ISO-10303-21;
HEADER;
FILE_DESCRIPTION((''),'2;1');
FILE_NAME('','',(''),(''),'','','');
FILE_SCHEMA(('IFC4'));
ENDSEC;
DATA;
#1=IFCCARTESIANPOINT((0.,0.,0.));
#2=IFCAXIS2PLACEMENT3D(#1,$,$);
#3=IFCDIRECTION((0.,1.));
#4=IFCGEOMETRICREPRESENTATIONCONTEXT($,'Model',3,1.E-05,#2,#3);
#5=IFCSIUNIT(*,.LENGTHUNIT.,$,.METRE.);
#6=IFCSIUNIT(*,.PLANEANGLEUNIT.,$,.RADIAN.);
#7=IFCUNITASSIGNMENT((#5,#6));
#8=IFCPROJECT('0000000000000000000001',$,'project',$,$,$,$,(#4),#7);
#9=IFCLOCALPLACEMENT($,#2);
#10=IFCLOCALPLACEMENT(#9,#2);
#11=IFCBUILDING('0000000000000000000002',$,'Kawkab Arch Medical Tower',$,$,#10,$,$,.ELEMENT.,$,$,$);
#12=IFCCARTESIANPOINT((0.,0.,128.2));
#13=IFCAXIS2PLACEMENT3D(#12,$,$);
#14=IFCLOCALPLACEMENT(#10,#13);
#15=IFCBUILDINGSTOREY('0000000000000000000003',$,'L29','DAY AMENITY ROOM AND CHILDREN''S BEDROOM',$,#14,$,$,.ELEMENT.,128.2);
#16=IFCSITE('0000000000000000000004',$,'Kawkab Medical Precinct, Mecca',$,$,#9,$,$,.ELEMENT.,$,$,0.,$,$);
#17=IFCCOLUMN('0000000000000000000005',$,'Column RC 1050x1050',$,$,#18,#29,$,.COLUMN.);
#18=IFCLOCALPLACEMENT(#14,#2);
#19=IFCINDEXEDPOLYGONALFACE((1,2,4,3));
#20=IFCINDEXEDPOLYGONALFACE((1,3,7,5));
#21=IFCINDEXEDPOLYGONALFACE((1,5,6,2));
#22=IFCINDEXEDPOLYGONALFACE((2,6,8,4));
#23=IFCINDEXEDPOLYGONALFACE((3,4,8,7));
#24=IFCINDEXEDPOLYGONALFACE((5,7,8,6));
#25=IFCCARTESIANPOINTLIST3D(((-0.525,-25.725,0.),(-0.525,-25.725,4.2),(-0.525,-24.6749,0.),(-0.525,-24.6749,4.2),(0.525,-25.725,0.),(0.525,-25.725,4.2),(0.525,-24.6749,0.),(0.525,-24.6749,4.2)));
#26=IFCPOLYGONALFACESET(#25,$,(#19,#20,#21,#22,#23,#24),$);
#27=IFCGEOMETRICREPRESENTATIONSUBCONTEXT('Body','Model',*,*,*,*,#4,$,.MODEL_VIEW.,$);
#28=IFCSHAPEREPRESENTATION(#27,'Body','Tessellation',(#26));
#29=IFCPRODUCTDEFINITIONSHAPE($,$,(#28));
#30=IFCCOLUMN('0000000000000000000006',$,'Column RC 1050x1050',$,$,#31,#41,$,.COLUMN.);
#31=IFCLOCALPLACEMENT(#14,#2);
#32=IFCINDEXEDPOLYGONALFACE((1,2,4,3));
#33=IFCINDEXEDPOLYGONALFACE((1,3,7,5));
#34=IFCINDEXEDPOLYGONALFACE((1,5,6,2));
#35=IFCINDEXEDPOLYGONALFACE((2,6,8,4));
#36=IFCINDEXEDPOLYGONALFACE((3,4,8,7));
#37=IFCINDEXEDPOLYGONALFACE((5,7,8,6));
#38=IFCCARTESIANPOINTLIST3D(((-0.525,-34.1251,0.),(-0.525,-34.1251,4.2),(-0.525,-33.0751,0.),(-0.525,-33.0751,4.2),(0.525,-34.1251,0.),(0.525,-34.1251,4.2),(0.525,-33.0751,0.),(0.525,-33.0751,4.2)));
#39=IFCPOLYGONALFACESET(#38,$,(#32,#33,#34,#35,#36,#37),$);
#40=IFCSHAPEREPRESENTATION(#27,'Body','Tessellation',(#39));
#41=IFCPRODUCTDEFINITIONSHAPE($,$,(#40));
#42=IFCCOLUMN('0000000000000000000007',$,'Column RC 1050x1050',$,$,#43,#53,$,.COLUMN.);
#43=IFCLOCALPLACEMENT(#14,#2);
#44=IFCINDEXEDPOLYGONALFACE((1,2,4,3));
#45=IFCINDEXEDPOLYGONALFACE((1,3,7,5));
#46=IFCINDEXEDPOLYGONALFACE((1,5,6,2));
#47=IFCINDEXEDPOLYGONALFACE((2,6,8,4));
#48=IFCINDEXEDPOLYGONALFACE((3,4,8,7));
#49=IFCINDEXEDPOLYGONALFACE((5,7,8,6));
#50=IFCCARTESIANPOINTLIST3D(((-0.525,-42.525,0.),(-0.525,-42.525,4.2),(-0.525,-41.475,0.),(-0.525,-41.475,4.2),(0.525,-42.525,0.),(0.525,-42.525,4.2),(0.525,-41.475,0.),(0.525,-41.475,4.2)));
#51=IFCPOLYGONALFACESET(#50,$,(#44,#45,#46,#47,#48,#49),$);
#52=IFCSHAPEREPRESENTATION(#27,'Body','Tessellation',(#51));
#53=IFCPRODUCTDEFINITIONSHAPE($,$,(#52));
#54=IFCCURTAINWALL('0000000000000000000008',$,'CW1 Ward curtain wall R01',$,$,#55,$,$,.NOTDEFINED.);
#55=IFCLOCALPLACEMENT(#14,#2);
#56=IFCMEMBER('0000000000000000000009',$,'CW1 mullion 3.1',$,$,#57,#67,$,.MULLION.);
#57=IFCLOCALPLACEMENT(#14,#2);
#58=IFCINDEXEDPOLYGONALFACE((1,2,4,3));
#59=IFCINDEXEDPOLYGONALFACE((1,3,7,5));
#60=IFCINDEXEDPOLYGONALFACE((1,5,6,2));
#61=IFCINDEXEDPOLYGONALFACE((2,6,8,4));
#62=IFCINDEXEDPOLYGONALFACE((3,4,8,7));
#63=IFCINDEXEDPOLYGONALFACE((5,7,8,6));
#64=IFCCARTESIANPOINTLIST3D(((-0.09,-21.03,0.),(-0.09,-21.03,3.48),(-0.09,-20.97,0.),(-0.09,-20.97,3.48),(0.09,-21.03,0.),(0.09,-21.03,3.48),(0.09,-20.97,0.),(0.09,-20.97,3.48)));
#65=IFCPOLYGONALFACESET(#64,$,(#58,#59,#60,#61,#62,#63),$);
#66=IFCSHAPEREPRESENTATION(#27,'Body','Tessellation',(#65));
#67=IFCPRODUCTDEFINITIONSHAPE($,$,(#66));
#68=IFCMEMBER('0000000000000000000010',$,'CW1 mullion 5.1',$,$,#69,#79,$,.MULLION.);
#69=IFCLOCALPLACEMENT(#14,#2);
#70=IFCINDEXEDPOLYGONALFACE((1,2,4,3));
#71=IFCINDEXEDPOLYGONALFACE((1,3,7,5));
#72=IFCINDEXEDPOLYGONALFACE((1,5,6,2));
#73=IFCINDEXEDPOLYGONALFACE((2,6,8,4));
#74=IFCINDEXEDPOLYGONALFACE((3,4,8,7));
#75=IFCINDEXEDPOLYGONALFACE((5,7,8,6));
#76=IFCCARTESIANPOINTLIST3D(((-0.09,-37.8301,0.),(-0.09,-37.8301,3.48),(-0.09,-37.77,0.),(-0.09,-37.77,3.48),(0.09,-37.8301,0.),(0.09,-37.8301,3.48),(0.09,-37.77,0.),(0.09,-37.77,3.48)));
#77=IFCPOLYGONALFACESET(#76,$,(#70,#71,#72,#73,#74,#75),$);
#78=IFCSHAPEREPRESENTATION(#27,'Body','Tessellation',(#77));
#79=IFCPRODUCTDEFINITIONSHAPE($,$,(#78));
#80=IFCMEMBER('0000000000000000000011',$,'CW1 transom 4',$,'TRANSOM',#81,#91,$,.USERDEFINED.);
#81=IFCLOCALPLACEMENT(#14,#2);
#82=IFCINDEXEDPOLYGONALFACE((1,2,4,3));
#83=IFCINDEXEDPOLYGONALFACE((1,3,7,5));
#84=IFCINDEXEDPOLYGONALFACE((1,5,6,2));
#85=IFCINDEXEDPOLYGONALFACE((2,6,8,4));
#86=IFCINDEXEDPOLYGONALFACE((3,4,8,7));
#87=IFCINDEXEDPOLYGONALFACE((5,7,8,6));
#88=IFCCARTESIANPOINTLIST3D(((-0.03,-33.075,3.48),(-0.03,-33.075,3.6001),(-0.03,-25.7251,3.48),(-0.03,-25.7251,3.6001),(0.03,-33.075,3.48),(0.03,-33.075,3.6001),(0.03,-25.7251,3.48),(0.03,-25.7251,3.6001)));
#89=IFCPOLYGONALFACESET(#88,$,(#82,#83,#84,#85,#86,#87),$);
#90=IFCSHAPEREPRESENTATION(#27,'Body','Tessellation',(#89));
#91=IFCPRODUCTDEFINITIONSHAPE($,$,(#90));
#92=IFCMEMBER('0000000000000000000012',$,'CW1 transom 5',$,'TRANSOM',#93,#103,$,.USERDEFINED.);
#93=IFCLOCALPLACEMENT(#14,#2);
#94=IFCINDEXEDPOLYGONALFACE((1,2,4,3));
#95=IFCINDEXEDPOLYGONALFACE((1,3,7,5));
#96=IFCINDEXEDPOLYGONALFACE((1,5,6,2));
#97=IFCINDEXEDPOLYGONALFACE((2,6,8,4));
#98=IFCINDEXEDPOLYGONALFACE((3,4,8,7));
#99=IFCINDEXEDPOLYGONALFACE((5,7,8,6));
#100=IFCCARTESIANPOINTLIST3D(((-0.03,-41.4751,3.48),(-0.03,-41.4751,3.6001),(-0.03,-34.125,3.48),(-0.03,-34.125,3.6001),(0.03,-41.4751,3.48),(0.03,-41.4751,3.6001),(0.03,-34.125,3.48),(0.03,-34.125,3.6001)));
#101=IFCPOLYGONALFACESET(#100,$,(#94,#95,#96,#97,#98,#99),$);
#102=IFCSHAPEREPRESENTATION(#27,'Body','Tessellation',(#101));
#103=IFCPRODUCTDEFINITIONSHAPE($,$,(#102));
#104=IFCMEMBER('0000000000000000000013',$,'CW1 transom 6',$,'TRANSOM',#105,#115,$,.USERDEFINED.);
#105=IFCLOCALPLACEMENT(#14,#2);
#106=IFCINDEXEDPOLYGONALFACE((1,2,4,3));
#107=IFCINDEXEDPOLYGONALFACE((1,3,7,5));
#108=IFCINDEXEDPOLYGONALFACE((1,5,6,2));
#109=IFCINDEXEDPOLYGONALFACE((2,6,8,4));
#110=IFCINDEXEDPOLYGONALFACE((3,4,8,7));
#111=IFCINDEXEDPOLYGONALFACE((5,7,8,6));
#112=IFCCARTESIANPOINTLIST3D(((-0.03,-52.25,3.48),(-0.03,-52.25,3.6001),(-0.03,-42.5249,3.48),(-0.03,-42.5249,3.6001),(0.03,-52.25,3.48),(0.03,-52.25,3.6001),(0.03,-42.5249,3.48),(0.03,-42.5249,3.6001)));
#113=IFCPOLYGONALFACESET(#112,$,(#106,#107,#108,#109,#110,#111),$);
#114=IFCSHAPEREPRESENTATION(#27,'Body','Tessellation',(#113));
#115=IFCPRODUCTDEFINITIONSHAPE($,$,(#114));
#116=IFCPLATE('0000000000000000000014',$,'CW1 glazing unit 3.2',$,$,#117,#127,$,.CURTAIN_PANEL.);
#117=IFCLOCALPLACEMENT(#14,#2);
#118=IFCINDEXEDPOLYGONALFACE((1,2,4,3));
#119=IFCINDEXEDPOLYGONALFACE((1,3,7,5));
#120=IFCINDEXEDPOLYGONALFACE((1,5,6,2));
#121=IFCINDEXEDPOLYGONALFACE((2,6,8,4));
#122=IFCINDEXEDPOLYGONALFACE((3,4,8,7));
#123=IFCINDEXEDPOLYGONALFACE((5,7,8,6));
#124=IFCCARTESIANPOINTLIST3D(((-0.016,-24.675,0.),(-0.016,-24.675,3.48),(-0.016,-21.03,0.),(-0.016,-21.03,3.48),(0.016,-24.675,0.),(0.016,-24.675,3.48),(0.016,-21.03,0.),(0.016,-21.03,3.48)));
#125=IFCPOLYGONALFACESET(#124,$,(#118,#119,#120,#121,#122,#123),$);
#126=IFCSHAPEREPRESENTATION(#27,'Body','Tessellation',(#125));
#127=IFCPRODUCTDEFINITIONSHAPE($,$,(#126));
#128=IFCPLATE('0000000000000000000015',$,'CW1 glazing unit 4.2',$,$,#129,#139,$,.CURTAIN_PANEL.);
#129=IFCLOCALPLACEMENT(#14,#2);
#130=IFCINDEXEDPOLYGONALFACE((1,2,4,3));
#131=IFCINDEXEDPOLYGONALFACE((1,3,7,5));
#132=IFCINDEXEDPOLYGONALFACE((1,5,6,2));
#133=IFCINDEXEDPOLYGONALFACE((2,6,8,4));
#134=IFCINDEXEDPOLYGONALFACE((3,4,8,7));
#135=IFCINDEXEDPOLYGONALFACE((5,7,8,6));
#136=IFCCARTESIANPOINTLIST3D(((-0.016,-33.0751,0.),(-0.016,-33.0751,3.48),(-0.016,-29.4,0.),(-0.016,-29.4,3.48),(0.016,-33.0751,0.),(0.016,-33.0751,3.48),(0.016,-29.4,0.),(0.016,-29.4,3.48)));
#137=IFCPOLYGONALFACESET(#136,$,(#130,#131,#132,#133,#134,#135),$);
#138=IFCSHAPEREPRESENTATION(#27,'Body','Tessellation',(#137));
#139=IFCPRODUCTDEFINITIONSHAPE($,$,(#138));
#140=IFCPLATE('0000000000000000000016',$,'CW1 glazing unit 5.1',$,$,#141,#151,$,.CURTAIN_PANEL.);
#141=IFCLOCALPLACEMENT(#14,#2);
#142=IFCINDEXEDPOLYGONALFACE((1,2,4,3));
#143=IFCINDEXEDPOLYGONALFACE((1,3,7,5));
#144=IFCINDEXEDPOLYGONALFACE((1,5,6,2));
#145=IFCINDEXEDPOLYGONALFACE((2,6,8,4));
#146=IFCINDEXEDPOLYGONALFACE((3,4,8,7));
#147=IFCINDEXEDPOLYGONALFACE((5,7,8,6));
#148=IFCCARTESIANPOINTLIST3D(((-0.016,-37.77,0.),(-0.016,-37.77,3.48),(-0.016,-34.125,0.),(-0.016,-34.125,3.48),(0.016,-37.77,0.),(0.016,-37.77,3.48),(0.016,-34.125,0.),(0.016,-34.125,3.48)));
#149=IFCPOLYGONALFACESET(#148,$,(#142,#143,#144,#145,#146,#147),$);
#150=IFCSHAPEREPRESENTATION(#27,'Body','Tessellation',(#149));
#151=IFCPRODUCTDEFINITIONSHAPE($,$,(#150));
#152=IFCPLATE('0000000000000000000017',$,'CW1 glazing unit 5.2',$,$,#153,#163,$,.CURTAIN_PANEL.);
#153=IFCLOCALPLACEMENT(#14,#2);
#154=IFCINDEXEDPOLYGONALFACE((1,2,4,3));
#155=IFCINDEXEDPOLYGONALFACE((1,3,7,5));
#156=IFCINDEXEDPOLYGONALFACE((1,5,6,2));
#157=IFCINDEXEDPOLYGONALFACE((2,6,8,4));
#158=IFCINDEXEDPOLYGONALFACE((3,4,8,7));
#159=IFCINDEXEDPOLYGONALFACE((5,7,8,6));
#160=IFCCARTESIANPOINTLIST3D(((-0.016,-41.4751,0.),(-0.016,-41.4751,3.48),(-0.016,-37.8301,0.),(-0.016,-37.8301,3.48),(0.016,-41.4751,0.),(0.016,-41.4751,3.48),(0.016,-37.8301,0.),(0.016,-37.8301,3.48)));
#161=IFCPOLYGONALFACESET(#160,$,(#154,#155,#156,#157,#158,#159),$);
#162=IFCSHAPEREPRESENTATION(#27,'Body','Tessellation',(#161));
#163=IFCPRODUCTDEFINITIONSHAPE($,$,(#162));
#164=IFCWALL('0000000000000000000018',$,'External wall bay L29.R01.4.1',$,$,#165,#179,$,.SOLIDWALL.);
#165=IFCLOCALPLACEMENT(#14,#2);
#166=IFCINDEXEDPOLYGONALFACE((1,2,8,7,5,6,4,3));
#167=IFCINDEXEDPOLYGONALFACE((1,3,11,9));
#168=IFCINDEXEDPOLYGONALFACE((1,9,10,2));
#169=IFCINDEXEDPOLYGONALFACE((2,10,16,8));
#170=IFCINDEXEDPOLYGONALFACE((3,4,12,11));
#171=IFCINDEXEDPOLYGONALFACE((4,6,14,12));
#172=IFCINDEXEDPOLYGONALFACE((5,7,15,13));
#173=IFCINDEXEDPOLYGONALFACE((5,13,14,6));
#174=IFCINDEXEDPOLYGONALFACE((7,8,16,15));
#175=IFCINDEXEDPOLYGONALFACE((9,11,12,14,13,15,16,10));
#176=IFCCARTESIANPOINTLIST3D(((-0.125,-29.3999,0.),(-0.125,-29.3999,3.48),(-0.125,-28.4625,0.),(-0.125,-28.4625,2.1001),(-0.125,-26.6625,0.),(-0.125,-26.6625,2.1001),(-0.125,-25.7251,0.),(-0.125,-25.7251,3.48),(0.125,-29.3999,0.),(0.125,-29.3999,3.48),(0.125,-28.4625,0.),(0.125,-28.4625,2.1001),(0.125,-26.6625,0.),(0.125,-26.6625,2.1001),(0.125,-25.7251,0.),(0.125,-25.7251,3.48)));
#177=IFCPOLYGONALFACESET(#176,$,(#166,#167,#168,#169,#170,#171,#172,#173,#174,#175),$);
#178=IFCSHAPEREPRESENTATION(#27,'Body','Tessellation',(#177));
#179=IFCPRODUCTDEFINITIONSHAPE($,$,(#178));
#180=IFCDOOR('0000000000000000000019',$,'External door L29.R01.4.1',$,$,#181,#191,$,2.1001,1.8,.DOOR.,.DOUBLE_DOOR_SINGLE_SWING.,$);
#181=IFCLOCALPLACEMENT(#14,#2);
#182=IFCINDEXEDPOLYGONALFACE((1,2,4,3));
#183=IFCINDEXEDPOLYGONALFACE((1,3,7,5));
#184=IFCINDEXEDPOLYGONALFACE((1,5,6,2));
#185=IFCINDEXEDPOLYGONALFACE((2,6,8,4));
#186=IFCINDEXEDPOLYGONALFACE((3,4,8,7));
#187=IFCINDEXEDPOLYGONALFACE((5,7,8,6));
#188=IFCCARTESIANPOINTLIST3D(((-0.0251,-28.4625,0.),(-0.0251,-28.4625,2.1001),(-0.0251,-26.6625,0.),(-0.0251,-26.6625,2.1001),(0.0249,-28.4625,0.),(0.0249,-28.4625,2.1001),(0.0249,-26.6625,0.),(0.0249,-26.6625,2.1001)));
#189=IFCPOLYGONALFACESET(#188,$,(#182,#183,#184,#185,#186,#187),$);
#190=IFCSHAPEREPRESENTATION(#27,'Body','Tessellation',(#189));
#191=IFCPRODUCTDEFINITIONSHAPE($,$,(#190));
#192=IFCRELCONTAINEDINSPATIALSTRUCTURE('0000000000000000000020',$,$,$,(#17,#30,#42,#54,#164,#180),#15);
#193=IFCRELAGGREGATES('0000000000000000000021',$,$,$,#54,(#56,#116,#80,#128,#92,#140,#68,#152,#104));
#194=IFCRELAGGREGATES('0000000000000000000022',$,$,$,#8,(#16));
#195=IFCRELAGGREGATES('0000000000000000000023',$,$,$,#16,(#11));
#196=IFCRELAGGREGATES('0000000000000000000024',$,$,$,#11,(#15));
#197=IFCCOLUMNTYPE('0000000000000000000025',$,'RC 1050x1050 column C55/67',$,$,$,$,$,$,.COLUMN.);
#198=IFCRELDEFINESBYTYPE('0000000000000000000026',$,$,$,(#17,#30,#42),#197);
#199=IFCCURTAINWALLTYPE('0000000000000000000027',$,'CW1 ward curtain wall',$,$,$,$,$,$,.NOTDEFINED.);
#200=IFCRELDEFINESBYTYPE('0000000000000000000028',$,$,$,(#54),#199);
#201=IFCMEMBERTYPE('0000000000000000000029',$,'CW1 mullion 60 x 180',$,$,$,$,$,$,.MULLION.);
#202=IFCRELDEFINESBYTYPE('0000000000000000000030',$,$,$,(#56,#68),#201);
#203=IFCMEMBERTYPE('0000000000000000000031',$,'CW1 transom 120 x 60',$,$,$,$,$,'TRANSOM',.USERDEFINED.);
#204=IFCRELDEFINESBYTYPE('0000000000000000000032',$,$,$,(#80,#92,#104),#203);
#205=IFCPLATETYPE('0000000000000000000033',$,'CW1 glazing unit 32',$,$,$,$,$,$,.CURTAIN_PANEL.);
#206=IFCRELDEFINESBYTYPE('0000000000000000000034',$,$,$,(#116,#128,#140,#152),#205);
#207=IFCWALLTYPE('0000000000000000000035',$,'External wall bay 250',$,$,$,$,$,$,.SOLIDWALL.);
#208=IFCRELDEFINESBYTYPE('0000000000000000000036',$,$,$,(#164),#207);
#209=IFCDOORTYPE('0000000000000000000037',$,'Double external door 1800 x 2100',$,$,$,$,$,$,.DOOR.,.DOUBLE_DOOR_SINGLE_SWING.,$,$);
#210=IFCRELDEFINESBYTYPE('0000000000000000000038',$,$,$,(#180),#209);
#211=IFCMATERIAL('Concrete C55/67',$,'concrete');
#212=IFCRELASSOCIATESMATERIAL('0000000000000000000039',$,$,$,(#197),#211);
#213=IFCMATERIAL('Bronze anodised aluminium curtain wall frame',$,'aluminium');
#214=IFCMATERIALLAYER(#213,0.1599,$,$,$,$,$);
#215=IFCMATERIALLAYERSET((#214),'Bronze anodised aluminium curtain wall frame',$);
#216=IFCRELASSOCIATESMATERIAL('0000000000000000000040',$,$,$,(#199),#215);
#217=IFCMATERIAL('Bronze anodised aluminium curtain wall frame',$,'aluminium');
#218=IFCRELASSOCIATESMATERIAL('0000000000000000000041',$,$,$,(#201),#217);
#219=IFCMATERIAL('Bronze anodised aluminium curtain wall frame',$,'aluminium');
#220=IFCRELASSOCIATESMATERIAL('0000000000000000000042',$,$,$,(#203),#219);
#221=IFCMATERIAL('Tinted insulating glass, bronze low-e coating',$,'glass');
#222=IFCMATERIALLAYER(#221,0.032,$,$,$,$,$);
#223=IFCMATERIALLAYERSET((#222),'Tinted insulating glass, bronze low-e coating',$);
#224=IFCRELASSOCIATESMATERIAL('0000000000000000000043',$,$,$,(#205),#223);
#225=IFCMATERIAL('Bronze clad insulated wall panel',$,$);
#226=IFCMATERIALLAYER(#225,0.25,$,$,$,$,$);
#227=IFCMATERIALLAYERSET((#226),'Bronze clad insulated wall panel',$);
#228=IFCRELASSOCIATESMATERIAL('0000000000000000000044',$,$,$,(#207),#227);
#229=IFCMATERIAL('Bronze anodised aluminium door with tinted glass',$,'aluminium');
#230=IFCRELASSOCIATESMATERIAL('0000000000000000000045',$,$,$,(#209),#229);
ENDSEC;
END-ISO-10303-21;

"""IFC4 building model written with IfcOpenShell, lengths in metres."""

from ifc_helpers import new_model, si_unit, direction, frame, frame_2d, origin, origin_2d, place, context, subcontext, project, spatial, rectangle, extrude, material, layer, layer_set, material_profile, profile_set, type_object, element, fill, aggregate, save


model = new_model("IFC4")

# Units and contexts
model_context = context("Model", 3, precision=1e-05, world=origin(), true_north=direction((0.0, 1.0)))
body_context = subcontext(model_context, "Body", "Model", "MODEL_VIEW")
ifc_project = project(units=[si_unit("LENGTHUNIT", "METRE"), si_unit("PLANEANGLEUNIT", "RADIAN")], contexts=[model_context])

# Site, building, storey
site_placement = place(None, origin())
site = spatial("IfcSite", under=ifc_project, at=site_placement, Name="Kawkab Medical Precinct, Mecca", CompositionType="ELEMENT", RefElevation=0.0)
building_placement = place(site_placement, origin())
building = spatial("IfcBuilding", under=site, at=building_placement, Name="Kawkab Arch Medical Tower", CompositionType="ELEMENT")
storey_placement = place(building_placement, frame((0.0, 0.0, 128.2)))
storey = spatial("IfcBuildingStorey", under=building, at=storey_placement, Name="L29", Description="DAY AMENITY ROOM AND CHILDREN'S BEDROOM", CompositionType="ELEMENT", Elevation=128.2)

# Columns
ifc_material_1 = material(Name="Concrete C55/67", Category="concrete")
ifc_material_profile_1 = material_profile(ifc_material_1, rectangle(XDim=1.05, YDim=1.05, at=origin_2d()), Name="RC 1050x1050")
ifc_profile_set_1 = profile_set([ifc_material_profile_1], Name="Concrete C55/67")
column_type = type_object("IfcColumnType", Name="RC 1050x1050 column C55/67", PredefinedType="COLUMN", material=ifc_profile_set_1)
for number, where, z_axis, x_axis, name in (
    (1, (0.0, -25.2, 0.0), (0.0, 0.0, 1.0), (1.0, 0.0, 0.0), "Column RC 1050x1050"),
    (2, (0.0, -33.6001, 0.0), (0.0, 0.0, 1.0), (1.0, 0.0, 0.0), "Column RC 1050x1050"),
    (3, (0.0, -42.0, 0.0), (0.0, 0.0, 1.0), (1.0, 0.0, 0.0), "Column RC 1050x1050"),
):
    element("IfcColumn", number, at=place(storey_placement, frame(where, z_axis=z_axis, x_axis=x_axis)), inside=storey, type_object=column_type, Name=name, PredefinedType="COLUMN", context=body_context, shape_type="SweptSolid", body=[
        extrude(rectangle(XDim=1.05, YDim=1.05, at=origin_2d()), origin(), (0.0, 0.0, 1.0), 4.2),
    ])

# Curtain wall, members, plates
ifc_material_2 = material(Name="Bronze anodised aluminium curtain wall frame", Category="aluminium")
ifc_layer_1 = layer(ifc_material_2, 0.1599)
ifc_layer_set_1 = layer_set([ifc_layer_1], Name="Bronze anodised aluminium curtain wall frame")
curtain_wall_type = type_object("IfcCurtainWallType", Name="CW1 ward curtain wall", PredefinedType="NOTDEFINED", material=ifc_layer_set_1)
curtain_wall_placement = place(storey_placement, origin())
curtain_wall = element("IfcCurtainWall", 4, at=curtain_wall_placement, inside=storey, type_object=curtain_wall_type, Name="CW1 Ward curtain wall R01", PredefinedType="NOTDEFINED")
ifc_material_3 = material(Name="Bronze anodised aluminium curtain wall frame", Category="aluminium")
ifc_material_profile_2 = material_profile(ifc_material_3, rectangle(XDim=0.1799, YDim=0.0601, at=origin_2d()), Name="AL 60x180")
ifc_profile_set_2 = profile_set([ifc_material_profile_2], Name="Bronze anodised aluminium curtain wall frame")
member_type_1 = type_object("IfcMemberType", Name="CW1 mullion 60 x 180", PredefinedType="MULLION", material=ifc_profile_set_2)
member_1_placement = place(storey_placement, frame((0.0, -21.0, 0.0), z_axis=(0.0, 0.0, 1.0), x_axis=(1.0, 0.0, 0.0)))
member_1 = element("IfcMember", 5, at=member_1_placement, type_object=member_type_1, Name="CW1 mullion 3.1", PredefinedType="MULLION", context=body_context, shape_type="SweptSolid", body=[
    extrude(rectangle(XDim=0.1799, YDim=0.0601, at=origin_2d()), origin(), (0.0, 0.0, 1.0), 3.48),
])
member_2_placement = place(storey_placement, frame((0.0, -37.8, 0.0), z_axis=(0.0, 0.0, 1.0), x_axis=(1.0, 0.0, 0.0)))
member_2 = element("IfcMember", 6, at=member_2_placement, type_object=member_type_1, Name="CW1 mullion 5.1", PredefinedType="MULLION", context=body_context, shape_type="SweptSolid", body=[
    extrude(rectangle(XDim=0.1799, YDim=0.0601, at=origin_2d()), origin(), (0.0, 0.0, 1.0), 3.48),
])
ifc_material_4 = material(Name="Bronze anodised aluminium curtain wall frame", Category="aluminium")
ifc_material_profile_3 = material_profile(ifc_material_4, rectangle(XDim=0.0601, YDim=0.1201, at=origin_2d()), Name="AL 60x120")
ifc_profile_set_3 = profile_set([ifc_material_profile_3], Name="Bronze anodised aluminium curtain wall frame")
member_type_2 = type_object("IfcMemberType", Name="CW1 transom 120 x 60", ElementType="TRANSOM", PredefinedType="USERDEFINED", material=ifc_profile_set_3)
member_3_placement = place(storey_placement, frame((0.0, -25.7251, 3.54), z_axis=(0.0, -1.0, 0.0), x_axis=(1.0, 0.0, 0.0)))
member_3 = element("IfcMember", 7, at=member_3_placement, type_object=member_type_2, Name="CW1 transom 4", ObjectType="TRANSOM", PredefinedType="USERDEFINED", context=body_context, shape_type="SweptSolid", body=[
    extrude(rectangle(XDim=0.0601, YDim=0.1201, at=origin_2d()), origin(), (0.0, 0.0, 1.0), 7.3499),
])
member_4_placement = place(storey_placement, frame((0.0, -34.125, 3.54), z_axis=(0.0, -1.0, 0.0), x_axis=(1.0, 0.0, 0.0)))
member_4 = element("IfcMember", 8, at=member_4_placement, type_object=member_type_2, Name="CW1 transom 5", ObjectType="TRANSOM", PredefinedType="USERDEFINED", context=body_context, shape_type="SweptSolid", body=[
    extrude(rectangle(XDim=0.0601, YDim=0.1201, at=origin_2d()), origin(), (0.0, 0.0, 1.0), 7.3501),
])
member_5_placement = place(storey_placement, frame((0.0, -42.5249, 3.54), z_axis=(0.0, -1.0, 0.0), x_axis=(1.0, 0.0, 0.0)))
member_5 = element("IfcMember", 9, at=member_5_placement, type_object=member_type_2, Name="CW1 transom 6", ObjectType="TRANSOM", PredefinedType="USERDEFINED", context=body_context, shape_type="SweptSolid", body=[
    extrude(rectangle(XDim=0.0601, YDim=0.1201, at=origin_2d()), origin(), (0.0, 0.0, 1.0), 9.7251),
])
ifc_material_5 = material(Name="Tinted insulating glass, bronze low-e coating", Category="glass")
ifc_layer_2 = layer(ifc_material_5, 0.032)
ifc_layer_set_2 = layer_set([ifc_layer_2], Name="Tinted insulating glass, bronze low-e coating")
plate_type = type_object("IfcPlateType", Name="CW1 glazing unit 32", PredefinedType="CURTAIN_PANEL", material=ifc_layer_set_2)
plate_1_placement = place(storey_placement, frame((0.0, -22.8525, 0.0), z_axis=(0.0, 0.0, 1.0), x_axis=(0.0, -1.0, 0.0)))
plate_1 = element("IfcPlate", 10, at=plate_1_placement, type_object=plate_type, Name="CW1 glazing unit 3.2", PredefinedType="CURTAIN_PANEL", context=body_context, shape_type="SweptSolid", body=[
    extrude(rectangle(XDim=3.645, YDim=0.032, at=origin_2d()), origin(), (0.0, 0.0, 1.0), 3.48),
])
plate_2_placement = place(storey_placement, frame((0.0, -31.2375, 0.0), z_axis=(0.0, 0.0, 1.0), x_axis=(0.0, -1.0, 0.0)))
plate_2 = element("IfcPlate", 11, at=plate_2_placement, type_object=plate_type, Name="CW1 glazing unit 4.2", PredefinedType="CURTAIN_PANEL", context=body_context, shape_type="SweptSolid", body=[
    extrude(rectangle(XDim=3.675, YDim=0.032, at=origin_2d()), origin(), (0.0, 0.0, 1.0), 3.48),
])
plate_3_placement = place(storey_placement, frame((0.0, -35.9475, 0.0), z_axis=(0.0, 0.0, 1.0), x_axis=(0.0, -1.0, 0.0)))
plate_3 = element("IfcPlate", 12, at=plate_3_placement, type_object=plate_type, Name="CW1 glazing unit 5.1", PredefinedType="CURTAIN_PANEL", context=body_context, shape_type="SweptSolid", body=[
    extrude(rectangle(XDim=3.645, YDim=0.032, at=origin_2d()), origin(), (0.0, 0.0, 1.0), 3.48),
])
plate_4_placement = place(storey_placement, frame((0.0, -39.6526, 0.0), z_axis=(0.0, 0.0, 1.0), x_axis=(0.0, -1.0, 0.0)))
plate_4 = element("IfcPlate", 13, at=plate_4_placement, type_object=plate_type, Name="CW1 glazing unit 5.2", PredefinedType="CURTAIN_PANEL", context=body_context, shape_type="SweptSolid", body=[
    extrude(rectangle(XDim=3.645, YDim=0.032, at=origin_2d()), origin(), (0.0, 0.0, 1.0), 3.48),
])
aggregate(curtain_wall, [member_1, plate_1, member_3, plate_2, member_4, plate_3, member_2, plate_4, member_5])

# Wall, opening, door
ifc_material_6 = material(Name="Bronze clad insulated wall panel")
ifc_layer_3 = layer(ifc_material_6, 0.25)
ifc_layer_set_3 = layer_set([ifc_layer_3], Name="Bronze clad insulated wall panel")
wall_type_1 = type_object("IfcWallType", Name="External wall bay 250", PredefinedType="SOLIDWALL", material=ifc_layer_set_3)
wall_1_placement = place(storey_placement, frame((0.0, -25.7251, 0.0), z_axis=(0.0, 0.0, 1.0), x_axis=(0.0, -1.0, 0.0)))
wall_1 = element("IfcWall", 14, at=wall_1_placement, inside=storey, type_object=wall_type_1, Name="External wall bay L29.R01.4.1", PredefinedType="SOLIDWALL", context=body_context, shape_type="SweptSolid", body=[
    extrude(rectangle(XDim=3.6748, YDim=0.25, at=frame_2d((1.8374, 0.0))), origin(), (0.0, 0.0, 1.0), 3.48),
])
opening_1_placement = place(wall_1_placement, frame((0.9375, 0.0, 0.0)))
opening_1 = element("IfcOpeningElement", 15, at=opening_1_placement, cuts=wall_1, PredefinedType="OPENING", context=body_context, shape_type="SweptSolid", body=[
    extrude(rectangle(XDim=1.8, YDim=2.1001, at=frame_2d((0.8999, 1.05))), frame((0.0, 0.135, 0.0), z_axis=(0.0, -1.0, 0.0), x_axis=(1.0, 0.0, 0.0)), (0.0, 0.0, 1.0), 0.27),
])
ifc_material_7 = material(Name="Bronze anodised aluminium door with tinted glass", Category="aluminium")
door_type_1 = type_object("IfcDoorType", Name="Double external door 1800 x 2100", OperationType="DOUBLE_DOOR_SINGLE_SWING", PredefinedType="DOOR", material=ifc_material_7)
door_1_placement = place(opening_1_placement, origin())
door_1 = element("IfcDoor", 16, at=door_1_placement, inside=storey, type_object=door_type_1, Name="External door L29.R01.4.1", OperationType="DOUBLE_DOOR_SINGLE_SWING", OverallHeight=2.1001, OverallWidth=1.8, PredefinedType="DOOR", context=body_context, shape_type="SweptSolid", body=[
    extrude(rectangle(XDim=1.8, YDim=2.1001, at=frame_2d((0.8999, 1.05))), frame((0.0, 0.0249, 0.0), z_axis=(0.0, -1.0, 0.0), x_axis=(1.0, 0.0, 0.0)), (0.0, 0.0, 1.0), 0.05),
])
fill(opening_1, door_1)

save(model, "model.ifc")
